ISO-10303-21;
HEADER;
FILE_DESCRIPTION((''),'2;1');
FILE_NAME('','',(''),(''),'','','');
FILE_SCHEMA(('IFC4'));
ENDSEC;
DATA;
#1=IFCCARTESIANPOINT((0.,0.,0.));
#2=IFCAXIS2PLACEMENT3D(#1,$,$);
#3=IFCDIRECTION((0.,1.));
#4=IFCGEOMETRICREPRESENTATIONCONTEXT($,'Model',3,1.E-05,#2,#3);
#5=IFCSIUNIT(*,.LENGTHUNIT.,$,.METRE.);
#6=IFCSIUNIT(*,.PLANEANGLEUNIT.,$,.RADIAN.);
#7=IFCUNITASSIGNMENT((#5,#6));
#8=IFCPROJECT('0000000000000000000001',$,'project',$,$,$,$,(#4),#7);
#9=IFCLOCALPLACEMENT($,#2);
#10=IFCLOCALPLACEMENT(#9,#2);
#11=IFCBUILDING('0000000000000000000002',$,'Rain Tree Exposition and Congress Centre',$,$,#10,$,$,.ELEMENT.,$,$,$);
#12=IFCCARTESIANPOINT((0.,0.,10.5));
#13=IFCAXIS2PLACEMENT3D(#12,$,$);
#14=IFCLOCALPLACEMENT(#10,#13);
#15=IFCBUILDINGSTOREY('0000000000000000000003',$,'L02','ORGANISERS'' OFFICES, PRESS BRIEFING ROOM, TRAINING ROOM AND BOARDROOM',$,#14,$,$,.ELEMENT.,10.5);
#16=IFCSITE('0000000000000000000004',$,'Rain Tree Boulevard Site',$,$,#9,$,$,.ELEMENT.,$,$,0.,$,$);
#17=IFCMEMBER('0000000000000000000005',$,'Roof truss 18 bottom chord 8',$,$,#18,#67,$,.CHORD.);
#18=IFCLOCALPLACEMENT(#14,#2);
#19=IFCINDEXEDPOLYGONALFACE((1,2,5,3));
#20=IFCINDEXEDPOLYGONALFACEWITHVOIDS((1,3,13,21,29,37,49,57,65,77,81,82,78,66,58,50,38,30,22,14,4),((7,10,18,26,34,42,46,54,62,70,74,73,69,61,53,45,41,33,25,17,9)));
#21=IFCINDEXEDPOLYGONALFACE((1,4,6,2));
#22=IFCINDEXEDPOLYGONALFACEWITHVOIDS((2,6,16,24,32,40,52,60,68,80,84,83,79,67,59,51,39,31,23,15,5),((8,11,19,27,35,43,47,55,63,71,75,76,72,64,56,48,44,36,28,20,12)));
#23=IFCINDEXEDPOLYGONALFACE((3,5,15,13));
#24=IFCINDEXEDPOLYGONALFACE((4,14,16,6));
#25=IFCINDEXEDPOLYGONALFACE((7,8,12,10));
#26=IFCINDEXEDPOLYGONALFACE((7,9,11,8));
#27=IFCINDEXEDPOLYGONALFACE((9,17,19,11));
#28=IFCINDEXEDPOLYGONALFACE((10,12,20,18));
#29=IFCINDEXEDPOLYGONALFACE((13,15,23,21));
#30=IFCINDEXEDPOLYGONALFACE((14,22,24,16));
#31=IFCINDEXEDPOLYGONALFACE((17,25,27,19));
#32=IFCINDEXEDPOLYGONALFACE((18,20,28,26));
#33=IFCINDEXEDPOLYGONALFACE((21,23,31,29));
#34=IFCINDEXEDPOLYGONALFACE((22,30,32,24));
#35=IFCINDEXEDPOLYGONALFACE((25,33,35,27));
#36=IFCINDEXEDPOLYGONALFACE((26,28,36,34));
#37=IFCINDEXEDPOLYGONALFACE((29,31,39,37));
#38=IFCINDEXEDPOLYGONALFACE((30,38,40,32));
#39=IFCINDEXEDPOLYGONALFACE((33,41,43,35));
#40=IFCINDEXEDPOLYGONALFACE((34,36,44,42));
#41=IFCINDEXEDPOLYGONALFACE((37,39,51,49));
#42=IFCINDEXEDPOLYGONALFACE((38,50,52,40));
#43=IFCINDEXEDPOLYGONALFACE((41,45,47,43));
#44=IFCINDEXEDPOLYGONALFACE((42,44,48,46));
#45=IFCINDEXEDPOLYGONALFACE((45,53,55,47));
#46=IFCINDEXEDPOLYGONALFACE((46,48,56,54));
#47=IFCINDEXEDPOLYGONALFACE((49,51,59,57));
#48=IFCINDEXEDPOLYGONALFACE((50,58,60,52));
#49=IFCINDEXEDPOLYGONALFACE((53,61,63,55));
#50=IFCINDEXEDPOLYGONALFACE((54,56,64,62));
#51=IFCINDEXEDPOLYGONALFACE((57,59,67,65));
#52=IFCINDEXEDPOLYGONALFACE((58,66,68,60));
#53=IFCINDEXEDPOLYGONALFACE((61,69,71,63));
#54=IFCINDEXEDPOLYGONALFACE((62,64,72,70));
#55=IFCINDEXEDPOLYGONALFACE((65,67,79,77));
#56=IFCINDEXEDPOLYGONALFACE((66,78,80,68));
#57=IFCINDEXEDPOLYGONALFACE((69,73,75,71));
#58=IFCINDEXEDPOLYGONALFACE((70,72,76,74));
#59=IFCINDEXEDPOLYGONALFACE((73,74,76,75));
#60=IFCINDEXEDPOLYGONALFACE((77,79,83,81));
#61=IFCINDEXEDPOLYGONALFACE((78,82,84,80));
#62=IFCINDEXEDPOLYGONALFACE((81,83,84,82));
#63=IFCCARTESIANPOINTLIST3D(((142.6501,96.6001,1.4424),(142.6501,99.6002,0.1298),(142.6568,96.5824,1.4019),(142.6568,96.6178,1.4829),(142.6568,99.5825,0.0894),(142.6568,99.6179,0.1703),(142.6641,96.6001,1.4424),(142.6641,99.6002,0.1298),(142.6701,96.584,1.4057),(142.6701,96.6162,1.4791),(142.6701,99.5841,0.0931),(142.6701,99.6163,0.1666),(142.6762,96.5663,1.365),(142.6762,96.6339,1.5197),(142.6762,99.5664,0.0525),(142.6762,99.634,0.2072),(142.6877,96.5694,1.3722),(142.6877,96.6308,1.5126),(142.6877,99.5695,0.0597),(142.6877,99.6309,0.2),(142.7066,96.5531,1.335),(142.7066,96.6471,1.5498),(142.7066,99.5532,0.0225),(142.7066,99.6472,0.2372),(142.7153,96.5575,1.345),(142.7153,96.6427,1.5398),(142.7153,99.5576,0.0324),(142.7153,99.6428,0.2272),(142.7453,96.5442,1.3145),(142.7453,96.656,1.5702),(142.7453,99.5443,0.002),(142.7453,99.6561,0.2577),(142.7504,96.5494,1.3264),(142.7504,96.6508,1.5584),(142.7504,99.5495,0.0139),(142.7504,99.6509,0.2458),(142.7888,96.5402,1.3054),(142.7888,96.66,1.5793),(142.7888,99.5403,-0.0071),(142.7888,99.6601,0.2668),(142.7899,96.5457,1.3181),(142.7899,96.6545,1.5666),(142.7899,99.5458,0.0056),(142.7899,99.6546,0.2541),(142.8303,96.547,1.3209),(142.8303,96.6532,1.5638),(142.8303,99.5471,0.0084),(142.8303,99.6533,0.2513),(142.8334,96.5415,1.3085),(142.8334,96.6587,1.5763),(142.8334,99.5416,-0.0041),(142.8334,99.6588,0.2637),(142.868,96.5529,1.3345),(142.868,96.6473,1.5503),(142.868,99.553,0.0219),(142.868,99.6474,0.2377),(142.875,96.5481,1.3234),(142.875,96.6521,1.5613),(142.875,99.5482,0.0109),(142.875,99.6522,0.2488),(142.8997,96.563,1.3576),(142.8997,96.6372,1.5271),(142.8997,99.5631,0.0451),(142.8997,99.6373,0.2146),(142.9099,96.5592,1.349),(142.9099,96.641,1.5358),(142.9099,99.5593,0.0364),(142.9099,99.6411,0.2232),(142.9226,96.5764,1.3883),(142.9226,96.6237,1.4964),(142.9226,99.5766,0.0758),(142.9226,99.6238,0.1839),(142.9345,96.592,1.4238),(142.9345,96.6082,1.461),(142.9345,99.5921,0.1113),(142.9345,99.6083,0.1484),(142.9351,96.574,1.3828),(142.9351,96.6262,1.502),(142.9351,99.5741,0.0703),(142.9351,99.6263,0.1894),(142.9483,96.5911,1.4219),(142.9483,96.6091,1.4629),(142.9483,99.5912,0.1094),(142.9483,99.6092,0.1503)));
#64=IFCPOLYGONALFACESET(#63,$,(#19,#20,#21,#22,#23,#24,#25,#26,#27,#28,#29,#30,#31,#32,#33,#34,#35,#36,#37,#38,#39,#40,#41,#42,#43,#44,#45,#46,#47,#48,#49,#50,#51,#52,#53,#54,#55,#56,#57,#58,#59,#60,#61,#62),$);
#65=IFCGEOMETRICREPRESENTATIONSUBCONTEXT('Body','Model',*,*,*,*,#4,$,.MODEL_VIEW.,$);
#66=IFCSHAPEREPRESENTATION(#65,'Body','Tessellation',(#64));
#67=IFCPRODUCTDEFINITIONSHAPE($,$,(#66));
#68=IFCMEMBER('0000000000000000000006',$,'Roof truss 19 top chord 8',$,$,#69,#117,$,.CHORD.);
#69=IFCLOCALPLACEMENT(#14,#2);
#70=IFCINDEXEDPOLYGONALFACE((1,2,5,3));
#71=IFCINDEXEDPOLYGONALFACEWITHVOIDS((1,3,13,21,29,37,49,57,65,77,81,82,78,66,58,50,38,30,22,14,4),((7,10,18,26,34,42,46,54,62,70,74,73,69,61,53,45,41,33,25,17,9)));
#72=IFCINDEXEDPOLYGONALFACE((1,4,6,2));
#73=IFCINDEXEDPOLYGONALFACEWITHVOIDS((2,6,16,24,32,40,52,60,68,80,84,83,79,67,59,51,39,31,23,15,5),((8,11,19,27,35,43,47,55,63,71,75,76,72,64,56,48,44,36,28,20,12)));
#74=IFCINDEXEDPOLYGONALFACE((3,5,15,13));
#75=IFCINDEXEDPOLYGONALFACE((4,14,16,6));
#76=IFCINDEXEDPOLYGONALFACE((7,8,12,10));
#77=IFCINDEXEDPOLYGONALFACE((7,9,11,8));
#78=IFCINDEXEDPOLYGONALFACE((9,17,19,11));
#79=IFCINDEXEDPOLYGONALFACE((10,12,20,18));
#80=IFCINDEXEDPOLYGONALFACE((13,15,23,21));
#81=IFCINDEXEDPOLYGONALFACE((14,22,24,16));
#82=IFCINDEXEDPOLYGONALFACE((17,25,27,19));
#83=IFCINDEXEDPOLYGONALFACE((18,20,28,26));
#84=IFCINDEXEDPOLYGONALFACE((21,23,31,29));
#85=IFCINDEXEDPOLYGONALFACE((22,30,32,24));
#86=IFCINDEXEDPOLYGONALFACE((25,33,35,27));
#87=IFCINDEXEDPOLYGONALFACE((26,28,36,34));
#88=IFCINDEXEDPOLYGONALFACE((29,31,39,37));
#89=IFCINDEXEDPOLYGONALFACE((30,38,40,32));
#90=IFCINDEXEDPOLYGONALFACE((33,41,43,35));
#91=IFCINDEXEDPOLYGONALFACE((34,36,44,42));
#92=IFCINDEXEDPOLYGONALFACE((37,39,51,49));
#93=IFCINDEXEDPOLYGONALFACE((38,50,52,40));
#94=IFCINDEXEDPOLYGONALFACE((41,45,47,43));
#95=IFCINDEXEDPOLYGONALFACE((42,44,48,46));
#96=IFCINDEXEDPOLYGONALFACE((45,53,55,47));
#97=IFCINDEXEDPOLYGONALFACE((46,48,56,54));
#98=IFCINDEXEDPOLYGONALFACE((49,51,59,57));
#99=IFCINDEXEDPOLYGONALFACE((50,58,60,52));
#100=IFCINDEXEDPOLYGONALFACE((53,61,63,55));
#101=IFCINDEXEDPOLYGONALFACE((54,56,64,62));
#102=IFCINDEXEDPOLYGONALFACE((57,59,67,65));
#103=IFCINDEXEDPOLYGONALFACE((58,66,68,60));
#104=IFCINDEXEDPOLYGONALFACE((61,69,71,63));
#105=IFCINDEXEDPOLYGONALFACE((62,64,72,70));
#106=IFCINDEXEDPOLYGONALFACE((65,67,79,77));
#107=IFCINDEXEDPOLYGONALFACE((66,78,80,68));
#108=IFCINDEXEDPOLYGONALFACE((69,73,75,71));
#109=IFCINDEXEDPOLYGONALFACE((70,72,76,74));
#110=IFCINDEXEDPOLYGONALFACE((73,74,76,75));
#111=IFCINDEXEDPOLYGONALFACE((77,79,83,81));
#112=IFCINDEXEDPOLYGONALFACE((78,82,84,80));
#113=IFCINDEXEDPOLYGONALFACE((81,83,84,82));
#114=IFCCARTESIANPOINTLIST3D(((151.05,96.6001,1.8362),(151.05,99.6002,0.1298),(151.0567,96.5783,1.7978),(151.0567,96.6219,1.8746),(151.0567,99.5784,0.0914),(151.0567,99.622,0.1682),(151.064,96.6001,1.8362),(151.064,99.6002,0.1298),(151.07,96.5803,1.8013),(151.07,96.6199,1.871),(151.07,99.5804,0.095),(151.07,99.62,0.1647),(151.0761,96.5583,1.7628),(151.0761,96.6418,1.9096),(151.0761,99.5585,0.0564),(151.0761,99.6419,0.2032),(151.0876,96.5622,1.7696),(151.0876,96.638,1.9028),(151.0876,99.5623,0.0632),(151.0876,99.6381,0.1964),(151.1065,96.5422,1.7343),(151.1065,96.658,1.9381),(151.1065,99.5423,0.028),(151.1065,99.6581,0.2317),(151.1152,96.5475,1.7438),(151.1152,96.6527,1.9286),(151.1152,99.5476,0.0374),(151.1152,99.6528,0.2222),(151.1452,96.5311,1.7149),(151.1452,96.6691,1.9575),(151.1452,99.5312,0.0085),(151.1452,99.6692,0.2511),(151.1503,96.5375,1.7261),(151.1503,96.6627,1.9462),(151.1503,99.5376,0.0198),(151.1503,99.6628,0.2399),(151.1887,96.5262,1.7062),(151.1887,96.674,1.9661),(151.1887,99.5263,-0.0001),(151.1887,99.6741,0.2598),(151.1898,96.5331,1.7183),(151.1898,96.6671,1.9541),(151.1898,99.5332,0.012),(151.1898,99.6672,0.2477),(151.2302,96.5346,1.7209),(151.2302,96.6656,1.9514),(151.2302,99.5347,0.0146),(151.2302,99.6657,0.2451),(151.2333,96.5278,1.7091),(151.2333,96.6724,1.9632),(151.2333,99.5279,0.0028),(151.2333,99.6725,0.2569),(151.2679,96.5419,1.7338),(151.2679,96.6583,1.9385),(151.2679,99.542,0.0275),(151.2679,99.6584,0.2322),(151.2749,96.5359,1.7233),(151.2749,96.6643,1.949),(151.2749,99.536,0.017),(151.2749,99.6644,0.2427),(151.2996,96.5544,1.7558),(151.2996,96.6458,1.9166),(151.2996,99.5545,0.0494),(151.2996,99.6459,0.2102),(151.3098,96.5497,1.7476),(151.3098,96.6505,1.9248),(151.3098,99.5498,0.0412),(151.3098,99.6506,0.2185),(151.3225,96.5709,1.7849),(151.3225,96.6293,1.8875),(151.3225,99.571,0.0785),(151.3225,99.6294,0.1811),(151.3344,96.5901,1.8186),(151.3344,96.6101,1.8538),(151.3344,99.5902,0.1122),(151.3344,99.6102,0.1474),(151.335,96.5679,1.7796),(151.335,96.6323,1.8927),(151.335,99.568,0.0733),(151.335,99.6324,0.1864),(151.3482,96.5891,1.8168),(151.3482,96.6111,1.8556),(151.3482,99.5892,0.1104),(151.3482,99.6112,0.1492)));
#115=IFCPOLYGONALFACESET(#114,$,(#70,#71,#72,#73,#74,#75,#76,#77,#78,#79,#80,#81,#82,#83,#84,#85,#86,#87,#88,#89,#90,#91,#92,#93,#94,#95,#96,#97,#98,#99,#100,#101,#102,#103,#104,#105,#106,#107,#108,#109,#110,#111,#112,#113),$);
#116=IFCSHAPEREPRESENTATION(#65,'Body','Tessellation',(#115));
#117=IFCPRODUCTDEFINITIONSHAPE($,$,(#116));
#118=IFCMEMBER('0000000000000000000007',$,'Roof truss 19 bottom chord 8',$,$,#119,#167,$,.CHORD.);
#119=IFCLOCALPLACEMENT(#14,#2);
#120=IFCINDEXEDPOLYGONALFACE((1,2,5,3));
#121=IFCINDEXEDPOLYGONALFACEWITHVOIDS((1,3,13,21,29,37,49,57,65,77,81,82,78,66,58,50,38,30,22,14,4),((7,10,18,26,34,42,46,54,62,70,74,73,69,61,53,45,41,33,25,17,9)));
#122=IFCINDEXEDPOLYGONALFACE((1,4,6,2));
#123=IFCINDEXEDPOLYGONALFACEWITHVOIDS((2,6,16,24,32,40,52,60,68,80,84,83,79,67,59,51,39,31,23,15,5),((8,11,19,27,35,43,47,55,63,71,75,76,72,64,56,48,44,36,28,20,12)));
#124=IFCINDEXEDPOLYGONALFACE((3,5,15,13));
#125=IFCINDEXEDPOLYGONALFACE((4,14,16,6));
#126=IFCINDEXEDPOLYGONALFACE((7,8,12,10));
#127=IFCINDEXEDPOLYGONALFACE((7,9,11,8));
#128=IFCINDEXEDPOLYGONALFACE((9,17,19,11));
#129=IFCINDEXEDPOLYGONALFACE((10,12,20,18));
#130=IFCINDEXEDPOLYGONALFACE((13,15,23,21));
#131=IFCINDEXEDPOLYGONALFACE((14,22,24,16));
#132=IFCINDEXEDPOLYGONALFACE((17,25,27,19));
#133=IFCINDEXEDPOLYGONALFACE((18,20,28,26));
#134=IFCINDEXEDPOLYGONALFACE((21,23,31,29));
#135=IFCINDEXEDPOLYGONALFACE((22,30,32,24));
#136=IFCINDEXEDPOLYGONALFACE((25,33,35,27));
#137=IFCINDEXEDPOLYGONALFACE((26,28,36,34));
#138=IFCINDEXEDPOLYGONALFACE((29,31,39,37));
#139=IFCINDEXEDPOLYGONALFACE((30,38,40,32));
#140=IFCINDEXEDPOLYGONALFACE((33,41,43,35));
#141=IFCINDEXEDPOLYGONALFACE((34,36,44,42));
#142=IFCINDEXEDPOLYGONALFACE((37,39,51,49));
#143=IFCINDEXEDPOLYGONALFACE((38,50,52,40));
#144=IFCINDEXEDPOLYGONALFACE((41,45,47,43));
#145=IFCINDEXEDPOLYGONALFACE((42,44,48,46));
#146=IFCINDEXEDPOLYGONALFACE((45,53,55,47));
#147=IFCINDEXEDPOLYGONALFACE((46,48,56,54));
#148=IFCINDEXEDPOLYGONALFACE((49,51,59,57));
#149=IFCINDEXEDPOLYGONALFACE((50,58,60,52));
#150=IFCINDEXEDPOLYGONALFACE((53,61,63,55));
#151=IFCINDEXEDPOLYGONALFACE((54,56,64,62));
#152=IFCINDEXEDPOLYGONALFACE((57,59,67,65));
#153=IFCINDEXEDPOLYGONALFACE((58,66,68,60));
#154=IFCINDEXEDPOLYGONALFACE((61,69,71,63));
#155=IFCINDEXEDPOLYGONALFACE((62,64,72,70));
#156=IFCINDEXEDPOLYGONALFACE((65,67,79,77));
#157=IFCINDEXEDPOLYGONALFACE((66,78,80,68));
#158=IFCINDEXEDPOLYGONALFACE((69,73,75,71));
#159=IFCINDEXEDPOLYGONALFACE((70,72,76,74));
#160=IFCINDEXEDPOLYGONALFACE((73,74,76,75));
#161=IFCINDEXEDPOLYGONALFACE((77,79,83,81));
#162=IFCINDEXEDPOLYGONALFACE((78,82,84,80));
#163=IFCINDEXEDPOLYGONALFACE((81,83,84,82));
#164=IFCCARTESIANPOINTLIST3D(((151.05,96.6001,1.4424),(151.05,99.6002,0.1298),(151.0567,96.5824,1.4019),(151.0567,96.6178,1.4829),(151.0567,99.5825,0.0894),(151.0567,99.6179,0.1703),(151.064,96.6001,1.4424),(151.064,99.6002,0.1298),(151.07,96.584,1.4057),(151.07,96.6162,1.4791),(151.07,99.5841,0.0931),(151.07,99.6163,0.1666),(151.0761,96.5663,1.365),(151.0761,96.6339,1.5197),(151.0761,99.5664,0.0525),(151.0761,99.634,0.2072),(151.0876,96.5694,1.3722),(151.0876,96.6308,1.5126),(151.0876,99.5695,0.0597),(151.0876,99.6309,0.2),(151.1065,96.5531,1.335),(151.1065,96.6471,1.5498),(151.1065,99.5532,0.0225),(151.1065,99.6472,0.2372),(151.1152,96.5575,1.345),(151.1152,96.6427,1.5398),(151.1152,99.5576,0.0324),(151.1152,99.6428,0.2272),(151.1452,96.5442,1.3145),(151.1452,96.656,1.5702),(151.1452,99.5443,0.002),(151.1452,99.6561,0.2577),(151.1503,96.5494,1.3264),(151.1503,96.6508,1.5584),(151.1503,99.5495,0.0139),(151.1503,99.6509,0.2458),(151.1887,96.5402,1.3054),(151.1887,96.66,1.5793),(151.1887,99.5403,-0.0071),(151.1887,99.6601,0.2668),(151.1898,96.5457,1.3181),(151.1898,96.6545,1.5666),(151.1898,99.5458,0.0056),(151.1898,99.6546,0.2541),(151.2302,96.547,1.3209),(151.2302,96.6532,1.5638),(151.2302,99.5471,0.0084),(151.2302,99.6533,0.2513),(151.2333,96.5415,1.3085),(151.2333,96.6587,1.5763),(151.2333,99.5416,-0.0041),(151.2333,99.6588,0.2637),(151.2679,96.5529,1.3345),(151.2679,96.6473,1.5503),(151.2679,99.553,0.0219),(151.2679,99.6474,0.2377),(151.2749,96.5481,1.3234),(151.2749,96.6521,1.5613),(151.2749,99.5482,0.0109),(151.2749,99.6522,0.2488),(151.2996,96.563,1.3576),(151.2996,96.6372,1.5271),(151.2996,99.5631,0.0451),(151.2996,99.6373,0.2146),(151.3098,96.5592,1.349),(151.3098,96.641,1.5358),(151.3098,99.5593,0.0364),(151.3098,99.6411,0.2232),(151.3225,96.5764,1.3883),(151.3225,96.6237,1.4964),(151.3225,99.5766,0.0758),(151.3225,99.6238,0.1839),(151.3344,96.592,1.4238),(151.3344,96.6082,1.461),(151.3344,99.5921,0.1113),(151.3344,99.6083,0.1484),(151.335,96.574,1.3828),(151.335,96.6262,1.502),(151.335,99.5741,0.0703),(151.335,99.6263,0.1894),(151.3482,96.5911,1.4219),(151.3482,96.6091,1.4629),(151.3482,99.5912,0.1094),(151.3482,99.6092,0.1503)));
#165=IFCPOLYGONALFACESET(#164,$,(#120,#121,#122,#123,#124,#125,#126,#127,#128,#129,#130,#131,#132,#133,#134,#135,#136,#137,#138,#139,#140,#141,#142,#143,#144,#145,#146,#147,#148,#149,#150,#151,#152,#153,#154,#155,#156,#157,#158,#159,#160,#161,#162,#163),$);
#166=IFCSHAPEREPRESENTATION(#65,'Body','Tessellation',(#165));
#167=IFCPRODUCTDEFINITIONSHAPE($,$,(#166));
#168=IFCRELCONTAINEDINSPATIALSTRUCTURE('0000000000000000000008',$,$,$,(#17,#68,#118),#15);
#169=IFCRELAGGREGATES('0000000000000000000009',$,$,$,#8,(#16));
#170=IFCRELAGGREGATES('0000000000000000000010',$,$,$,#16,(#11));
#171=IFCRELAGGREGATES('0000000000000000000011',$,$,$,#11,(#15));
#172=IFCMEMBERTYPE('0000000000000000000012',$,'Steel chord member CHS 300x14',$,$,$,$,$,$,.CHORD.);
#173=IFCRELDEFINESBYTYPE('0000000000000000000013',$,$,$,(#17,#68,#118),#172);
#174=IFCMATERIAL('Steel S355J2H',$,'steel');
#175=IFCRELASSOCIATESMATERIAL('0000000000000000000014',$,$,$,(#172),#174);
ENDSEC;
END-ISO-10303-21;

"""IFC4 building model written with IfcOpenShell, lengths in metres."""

from ifc_helpers import new_model, si_unit, direction, frame, origin, origin_2d, place, context, subcontext, project, spatial, hollow_circle, extrude, material, material_profile, profile_set, type_object, element, save


model = new_model("IFC4")

# Units and contexts
model_context = context("Model", 3, precision=1e-05, world=origin(), true_north=direction((0.0, 1.0)))
body_context = subcontext(model_context, "Body", "Model", "MODEL_VIEW")
ifc_project = project(units=[si_unit("LENGTHUNIT", "METRE"), si_unit("PLANEANGLEUNIT", "RADIAN")], contexts=[model_context])

# Site, building, storey
site_placement = place(None, origin())
site = spatial("IfcSite", under=ifc_project, at=site_placement, Name="Rain Tree Boulevard Site", CompositionType="ELEMENT", RefElevation=0.0)
building_placement = place(site_placement, origin())
building = spatial("IfcBuilding", under=site, at=building_placement, Name="Rain Tree Exposition and Congress Centre", CompositionType="ELEMENT")
storey_placement = place(building_placement, frame((0.0, 0.0, 10.5)))
storey = spatial("IfcBuildingStorey", under=building, at=storey_placement, Name="L02", Description="ORGANISERS' OFFICES, PRESS BRIEFING ROOM, TRAINING ROOM AND BOARDROOM", CompositionType="ELEMENT", Elevation=10.5)

# Members
ifc_material_1 = material(Name="Steel S355J2H", Category="steel")
ifc_material_profile_1 = material_profile(ifc_material_1, hollow_circle(Radius=0.1499, WallThickness=0.0139, at=origin_2d()), Name="CHS 300x14")
ifc_profile_set_1 = profile_set([ifc_material_profile_1], Name="Steel S355J2H")
member_type_1 = type_object("IfcMemberType", Name="Steel chord member CHS 300x14", PredefinedType="CHORD", material=ifc_profile_set_1)
member_1_placement = place(storey_placement, frame((142.8, 96.6001, 1.4424), z_axis=(0.0, 0.916157, -0.400819), x_axis=(-1.0, 0.0, 0.0)))
element("IfcMember", 1, at=member_1_placement, inside=storey, type_object=member_type_1, Name="Roof truss 18 bottom chord 8", PredefinedType="CHORD", context=body_context, shape_type="SweptSolid", body=[
    extrude(hollow_circle(Radius=0.1499, WallThickness=0.0139, at=origin_2d()), origin(), (0.0, 0.0, 1.0), 3.2747),
])
member_2_placement = place(storey_placement, frame((151.2, 96.6001, 1.8362), z_axis=(0.0, 0.869238, -0.494393), x_axis=(-1.0, 0.0, 0.0)))
element("IfcMember", 2, at=member_2_placement, inside=storey, type_object=member_type_1, Name="Roof truss 19 top chord 8", PredefinedType="CHORD", context=body_context, shape_type="SweptSolid", body=[
    extrude(hollow_circle(Radius=0.1499, WallThickness=0.0139, at=origin_2d()), origin(), (0.0, 0.0, 1.0), 3.4514),
])
member_3_placement = place(storey_placement, frame((151.2, 96.6001, 1.4424), z_axis=(0.0, 0.916157, -0.400819), x_axis=(-1.0, 0.0, 0.0)))
element("IfcMember", 3, at=member_3_placement, inside=storey, type_object=member_type_1, Name="Roof truss 19 bottom chord 8", PredefinedType="CHORD", context=body_context, shape_type="SweptSolid", body=[
    extrude(hollow_circle(Radius=0.1499, WallThickness=0.0139, at=origin_2d()), origin(), (0.0, 0.0, 1.0), 3.2747),
])

save(model, "model.ifc")
